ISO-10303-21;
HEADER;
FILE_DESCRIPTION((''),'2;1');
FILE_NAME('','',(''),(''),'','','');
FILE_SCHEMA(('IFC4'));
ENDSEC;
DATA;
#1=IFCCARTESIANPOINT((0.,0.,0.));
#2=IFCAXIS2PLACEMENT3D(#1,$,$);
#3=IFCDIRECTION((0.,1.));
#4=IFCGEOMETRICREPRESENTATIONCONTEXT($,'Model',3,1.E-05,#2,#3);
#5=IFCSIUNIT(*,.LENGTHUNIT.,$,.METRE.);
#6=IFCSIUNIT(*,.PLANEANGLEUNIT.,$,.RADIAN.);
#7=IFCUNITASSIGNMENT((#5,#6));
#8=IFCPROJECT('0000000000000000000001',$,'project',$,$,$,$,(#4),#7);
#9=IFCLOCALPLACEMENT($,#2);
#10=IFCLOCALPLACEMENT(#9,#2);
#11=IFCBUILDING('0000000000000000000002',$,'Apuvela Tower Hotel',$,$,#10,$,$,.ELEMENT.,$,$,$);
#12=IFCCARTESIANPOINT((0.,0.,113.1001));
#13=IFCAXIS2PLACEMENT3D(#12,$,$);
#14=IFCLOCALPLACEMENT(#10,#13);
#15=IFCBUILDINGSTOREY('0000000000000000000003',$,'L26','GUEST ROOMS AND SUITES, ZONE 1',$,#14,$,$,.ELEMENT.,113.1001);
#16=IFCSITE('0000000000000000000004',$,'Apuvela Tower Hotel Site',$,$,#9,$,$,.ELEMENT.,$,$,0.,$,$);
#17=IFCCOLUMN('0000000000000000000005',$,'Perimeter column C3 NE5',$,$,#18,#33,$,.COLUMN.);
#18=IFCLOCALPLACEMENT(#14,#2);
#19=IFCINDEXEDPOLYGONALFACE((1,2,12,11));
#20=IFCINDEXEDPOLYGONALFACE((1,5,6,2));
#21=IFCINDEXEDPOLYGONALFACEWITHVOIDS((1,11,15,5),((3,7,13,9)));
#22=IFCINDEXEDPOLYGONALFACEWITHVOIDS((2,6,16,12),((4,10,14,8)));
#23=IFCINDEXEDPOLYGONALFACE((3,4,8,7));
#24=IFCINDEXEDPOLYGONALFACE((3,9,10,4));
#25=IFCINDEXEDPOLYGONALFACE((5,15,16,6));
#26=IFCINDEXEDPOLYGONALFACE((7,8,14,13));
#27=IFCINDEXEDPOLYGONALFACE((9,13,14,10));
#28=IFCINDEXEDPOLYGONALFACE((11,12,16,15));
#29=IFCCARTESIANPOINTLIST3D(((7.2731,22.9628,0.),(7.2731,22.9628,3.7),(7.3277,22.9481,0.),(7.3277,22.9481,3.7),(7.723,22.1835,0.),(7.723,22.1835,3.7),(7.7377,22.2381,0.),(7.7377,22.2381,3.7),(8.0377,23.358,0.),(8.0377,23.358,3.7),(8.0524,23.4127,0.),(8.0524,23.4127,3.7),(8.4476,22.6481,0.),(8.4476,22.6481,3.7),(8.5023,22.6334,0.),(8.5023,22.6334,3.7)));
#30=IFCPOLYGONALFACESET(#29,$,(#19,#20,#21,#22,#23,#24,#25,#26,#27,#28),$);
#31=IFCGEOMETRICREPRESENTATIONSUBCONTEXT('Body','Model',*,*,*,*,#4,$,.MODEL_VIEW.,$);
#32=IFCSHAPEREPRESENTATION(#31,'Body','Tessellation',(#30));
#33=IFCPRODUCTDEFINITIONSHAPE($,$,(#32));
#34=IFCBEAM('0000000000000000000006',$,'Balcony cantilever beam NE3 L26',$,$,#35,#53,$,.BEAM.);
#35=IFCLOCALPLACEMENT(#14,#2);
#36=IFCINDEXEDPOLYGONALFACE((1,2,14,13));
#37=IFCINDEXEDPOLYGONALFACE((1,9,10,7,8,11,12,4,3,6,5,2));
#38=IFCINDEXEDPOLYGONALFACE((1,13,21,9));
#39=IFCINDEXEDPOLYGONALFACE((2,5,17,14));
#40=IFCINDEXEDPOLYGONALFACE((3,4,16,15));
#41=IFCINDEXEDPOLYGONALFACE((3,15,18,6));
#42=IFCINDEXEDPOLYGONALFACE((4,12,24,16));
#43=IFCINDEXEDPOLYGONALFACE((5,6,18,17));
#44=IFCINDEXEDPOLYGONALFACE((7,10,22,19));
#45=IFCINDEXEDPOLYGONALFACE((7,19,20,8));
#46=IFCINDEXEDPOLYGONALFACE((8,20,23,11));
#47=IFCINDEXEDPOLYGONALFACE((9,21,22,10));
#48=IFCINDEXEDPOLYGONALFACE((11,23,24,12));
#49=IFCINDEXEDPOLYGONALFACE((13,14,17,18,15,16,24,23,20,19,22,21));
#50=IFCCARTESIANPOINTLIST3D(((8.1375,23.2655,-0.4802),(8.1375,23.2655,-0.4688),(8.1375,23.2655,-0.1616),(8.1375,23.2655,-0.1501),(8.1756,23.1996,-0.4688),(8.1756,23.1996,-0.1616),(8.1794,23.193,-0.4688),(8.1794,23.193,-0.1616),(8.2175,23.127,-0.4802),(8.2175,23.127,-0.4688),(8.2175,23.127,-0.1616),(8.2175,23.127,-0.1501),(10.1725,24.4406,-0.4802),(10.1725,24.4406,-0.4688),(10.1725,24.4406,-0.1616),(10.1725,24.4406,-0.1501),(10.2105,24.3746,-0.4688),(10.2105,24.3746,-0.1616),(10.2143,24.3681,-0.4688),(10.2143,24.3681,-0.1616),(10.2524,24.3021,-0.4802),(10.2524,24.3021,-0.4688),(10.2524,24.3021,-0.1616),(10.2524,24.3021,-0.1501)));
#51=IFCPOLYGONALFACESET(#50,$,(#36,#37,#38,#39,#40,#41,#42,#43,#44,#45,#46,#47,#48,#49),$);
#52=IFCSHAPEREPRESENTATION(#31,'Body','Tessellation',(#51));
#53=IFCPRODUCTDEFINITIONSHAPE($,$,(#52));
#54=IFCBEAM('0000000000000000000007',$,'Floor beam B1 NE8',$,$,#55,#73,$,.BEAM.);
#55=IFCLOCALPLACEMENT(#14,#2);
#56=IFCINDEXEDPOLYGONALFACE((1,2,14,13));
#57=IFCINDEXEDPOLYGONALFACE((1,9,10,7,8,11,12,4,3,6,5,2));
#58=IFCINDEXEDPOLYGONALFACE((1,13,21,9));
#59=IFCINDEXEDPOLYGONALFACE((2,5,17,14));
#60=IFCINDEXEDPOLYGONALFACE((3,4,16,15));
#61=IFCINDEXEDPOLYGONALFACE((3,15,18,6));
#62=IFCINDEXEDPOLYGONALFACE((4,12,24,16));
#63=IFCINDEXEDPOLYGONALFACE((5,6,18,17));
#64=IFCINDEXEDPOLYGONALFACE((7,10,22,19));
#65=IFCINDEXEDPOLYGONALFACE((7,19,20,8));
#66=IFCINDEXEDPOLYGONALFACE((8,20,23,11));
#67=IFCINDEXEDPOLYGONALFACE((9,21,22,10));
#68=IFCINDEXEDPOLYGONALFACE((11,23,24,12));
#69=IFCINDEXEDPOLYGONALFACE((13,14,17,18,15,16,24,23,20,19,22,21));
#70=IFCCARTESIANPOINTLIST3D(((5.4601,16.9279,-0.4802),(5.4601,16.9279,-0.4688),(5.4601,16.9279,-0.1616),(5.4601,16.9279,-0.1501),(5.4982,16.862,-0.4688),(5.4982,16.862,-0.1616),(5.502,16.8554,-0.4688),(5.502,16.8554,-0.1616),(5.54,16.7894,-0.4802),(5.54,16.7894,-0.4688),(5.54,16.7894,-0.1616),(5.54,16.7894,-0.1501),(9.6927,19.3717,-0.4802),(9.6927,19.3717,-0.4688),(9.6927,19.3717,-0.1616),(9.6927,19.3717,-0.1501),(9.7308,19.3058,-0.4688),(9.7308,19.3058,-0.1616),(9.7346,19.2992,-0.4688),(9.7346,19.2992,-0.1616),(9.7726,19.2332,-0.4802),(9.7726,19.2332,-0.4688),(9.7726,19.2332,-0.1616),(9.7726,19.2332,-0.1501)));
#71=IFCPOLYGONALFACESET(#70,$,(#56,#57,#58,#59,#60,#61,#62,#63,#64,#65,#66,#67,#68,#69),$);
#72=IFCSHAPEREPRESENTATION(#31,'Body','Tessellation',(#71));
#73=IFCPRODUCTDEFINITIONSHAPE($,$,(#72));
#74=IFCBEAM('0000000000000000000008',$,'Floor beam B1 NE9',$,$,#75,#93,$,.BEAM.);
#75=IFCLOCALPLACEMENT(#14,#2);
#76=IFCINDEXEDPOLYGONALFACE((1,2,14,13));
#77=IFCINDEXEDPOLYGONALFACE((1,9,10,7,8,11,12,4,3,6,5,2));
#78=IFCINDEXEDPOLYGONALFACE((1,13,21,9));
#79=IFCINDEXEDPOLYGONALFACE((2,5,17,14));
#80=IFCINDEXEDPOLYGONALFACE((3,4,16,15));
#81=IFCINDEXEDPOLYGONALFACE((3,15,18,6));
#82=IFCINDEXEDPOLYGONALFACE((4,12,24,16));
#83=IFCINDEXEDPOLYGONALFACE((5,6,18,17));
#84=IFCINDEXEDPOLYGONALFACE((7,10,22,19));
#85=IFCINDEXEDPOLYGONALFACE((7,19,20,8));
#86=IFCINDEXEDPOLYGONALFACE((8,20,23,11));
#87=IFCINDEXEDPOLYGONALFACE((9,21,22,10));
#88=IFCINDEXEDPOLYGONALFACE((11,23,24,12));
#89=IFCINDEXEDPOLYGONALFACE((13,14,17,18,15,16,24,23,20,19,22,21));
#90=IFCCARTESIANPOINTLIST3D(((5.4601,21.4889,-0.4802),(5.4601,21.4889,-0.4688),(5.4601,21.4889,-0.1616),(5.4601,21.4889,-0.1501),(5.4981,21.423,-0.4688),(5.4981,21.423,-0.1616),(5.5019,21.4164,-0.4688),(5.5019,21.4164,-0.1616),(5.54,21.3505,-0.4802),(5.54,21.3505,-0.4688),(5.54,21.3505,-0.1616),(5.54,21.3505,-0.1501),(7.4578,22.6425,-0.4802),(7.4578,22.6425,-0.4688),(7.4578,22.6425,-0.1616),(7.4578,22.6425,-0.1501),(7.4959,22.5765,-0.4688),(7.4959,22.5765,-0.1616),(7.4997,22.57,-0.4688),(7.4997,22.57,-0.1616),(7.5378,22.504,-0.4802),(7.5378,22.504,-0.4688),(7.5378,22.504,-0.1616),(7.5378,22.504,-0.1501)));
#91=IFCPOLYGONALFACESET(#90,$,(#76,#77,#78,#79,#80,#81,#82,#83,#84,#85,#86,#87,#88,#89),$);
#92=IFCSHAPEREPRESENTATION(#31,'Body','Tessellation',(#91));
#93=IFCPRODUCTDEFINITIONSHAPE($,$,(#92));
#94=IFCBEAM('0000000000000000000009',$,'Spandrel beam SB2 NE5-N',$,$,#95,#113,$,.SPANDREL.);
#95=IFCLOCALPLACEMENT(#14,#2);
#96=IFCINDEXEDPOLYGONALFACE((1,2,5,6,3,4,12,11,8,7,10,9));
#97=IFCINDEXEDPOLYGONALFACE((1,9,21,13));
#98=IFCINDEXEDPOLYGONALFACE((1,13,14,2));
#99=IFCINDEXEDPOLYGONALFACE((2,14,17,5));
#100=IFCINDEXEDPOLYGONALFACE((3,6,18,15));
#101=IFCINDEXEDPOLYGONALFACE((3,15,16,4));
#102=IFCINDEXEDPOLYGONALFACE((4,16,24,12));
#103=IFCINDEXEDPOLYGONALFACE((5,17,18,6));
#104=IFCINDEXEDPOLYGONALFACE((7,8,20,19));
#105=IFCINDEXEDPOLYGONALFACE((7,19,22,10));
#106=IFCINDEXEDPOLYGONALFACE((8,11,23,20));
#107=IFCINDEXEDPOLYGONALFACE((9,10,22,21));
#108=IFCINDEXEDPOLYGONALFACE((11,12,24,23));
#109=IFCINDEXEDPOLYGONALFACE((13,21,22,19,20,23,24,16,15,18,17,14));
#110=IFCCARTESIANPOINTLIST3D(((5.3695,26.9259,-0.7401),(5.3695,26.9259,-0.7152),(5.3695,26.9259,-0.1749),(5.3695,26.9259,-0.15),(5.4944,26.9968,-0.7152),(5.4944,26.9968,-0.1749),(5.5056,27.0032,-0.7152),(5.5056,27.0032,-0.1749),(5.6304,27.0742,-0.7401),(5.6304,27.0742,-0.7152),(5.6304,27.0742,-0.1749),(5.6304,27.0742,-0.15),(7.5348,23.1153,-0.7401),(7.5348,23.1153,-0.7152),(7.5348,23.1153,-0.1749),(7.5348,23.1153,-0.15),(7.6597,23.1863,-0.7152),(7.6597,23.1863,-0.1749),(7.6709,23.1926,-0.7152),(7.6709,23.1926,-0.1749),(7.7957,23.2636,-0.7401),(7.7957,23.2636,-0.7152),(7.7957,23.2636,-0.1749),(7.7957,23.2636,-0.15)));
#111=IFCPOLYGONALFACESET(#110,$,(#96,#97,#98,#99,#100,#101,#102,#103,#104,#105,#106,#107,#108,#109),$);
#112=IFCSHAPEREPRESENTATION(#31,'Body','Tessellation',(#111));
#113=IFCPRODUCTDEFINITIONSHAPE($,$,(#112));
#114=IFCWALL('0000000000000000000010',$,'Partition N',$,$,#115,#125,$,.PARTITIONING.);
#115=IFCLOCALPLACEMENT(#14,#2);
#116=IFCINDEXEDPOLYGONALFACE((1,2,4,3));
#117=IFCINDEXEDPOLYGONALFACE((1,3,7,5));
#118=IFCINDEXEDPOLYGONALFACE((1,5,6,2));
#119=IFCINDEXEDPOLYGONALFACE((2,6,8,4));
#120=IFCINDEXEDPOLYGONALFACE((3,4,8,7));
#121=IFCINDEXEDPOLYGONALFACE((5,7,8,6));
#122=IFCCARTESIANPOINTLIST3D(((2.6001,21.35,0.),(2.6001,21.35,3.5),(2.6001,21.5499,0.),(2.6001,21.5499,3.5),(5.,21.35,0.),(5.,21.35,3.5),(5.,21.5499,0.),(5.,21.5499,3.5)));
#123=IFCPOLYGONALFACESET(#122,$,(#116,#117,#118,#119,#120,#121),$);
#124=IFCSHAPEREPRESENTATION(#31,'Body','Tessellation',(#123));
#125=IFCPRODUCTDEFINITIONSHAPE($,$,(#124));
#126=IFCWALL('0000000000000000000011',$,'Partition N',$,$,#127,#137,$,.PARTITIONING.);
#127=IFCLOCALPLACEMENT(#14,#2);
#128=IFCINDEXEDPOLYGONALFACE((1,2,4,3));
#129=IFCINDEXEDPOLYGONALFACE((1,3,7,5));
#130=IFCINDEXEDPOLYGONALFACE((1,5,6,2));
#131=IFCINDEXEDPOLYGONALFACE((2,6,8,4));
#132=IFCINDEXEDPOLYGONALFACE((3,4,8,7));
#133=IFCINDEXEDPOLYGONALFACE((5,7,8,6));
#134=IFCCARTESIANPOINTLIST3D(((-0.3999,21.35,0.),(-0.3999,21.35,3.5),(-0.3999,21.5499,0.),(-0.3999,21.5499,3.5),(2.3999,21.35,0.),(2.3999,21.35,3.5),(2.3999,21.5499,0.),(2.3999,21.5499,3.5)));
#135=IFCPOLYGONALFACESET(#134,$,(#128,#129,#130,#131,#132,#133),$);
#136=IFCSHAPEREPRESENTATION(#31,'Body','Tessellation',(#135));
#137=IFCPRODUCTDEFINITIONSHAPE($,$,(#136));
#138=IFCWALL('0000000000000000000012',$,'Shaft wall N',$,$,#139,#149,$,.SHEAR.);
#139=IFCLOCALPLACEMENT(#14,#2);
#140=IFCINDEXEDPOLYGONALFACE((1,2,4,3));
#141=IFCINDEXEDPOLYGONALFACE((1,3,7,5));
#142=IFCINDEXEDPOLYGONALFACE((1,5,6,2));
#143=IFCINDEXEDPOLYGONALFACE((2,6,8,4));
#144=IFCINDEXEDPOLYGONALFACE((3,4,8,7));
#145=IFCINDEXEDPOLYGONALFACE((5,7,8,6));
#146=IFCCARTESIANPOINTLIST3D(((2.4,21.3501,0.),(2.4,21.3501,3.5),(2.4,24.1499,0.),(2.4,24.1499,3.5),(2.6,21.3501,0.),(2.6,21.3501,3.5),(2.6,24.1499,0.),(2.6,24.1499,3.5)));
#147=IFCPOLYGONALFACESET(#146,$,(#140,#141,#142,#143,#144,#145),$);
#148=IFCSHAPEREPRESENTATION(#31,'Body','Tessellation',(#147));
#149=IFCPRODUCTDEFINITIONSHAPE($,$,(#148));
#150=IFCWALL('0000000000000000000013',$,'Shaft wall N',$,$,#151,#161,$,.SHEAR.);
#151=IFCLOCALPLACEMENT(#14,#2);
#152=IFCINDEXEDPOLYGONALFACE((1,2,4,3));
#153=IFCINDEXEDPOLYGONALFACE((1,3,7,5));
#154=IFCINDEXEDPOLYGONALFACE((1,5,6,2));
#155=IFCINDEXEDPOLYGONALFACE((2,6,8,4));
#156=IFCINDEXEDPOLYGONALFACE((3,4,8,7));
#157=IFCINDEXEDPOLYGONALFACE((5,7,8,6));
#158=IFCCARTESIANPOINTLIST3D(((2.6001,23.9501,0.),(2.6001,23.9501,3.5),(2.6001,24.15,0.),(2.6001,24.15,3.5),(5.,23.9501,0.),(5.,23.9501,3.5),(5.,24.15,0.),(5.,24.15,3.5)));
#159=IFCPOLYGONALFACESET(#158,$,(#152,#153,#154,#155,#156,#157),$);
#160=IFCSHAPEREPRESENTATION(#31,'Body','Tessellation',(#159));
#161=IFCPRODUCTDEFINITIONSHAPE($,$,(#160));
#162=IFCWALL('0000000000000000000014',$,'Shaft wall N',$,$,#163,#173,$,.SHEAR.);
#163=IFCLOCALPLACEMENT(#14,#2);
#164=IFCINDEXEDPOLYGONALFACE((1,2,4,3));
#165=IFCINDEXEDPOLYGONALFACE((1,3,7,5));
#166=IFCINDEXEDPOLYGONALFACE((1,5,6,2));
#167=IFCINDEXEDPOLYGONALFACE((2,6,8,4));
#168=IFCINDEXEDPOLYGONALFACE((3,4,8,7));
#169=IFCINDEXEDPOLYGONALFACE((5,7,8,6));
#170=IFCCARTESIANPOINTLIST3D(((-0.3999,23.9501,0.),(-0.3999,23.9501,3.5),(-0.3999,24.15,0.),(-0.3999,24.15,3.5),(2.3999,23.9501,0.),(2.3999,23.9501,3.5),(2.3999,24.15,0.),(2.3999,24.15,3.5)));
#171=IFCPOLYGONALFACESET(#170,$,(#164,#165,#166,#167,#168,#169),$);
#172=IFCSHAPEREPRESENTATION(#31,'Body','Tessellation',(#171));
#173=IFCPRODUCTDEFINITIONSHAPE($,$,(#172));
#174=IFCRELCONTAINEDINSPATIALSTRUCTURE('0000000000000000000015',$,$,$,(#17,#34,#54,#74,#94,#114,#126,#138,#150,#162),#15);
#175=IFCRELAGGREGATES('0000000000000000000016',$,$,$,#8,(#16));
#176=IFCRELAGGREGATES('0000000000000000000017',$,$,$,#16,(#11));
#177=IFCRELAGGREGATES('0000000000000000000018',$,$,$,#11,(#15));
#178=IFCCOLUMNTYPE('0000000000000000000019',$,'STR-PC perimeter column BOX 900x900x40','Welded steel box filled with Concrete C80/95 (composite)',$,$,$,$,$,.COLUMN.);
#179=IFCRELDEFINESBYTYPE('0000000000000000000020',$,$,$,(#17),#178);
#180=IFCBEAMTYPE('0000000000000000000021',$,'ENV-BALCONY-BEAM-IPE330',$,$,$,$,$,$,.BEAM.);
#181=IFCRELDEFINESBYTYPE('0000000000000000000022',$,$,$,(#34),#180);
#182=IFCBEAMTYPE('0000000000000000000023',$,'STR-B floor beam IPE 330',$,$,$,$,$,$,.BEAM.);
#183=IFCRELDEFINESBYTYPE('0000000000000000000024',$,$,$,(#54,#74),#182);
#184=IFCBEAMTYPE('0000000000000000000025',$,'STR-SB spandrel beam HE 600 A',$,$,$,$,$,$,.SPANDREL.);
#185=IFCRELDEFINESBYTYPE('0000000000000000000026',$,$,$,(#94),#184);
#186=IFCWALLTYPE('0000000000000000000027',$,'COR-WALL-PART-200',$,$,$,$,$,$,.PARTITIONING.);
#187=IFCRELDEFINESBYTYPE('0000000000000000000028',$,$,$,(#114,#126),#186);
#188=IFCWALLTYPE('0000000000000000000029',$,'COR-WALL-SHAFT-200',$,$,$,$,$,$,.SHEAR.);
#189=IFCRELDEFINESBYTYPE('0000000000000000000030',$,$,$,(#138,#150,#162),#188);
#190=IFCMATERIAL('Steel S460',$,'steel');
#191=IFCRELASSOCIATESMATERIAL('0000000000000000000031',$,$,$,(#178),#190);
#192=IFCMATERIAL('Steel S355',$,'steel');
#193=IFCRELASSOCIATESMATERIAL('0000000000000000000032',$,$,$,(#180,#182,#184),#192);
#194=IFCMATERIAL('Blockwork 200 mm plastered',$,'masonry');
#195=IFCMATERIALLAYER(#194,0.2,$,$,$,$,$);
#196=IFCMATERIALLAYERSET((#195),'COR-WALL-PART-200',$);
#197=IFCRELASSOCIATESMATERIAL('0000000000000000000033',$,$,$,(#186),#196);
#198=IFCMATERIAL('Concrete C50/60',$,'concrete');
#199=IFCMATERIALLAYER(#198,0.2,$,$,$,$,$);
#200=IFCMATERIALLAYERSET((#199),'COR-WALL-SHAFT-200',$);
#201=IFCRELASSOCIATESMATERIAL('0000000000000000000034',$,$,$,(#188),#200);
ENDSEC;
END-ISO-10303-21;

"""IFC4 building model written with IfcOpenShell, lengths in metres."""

from ifc_helpers import new_model, si_unit, direction, frame, frame_2d, origin, origin_2d, place, context, subcontext, project, spatial, rectangle, hollow_rectangle, i_section, extrude, material, layer, layer_set, material_profile, profile_set, type_object, element, save


model = new_model("IFC4")

# Units and contexts
model_context = context("Model", 3, precision=1e-05, world=origin(), true_north=direction((0.0, 1.0)))
body_context = subcontext(model_context, "Body", "Model", "MODEL_VIEW")
ifc_project = project(units=[si_unit("LENGTHUNIT", "METRE"), si_unit("PLANEANGLEUNIT", "RADIAN")], contexts=[model_context])

# Site, building, storey
site_placement = place(None, origin())
site = spatial("IfcSite", under=ifc_project, at=site_placement, Name="Apuvela Tower Hotel Site", CompositionType="ELEMENT", RefElevation=0.0)
building_placement = place(site_placement, origin())
building = spatial("IfcBuilding", under=site, at=building_placement, Name="Apuvela Tower Hotel", CompositionType="ELEMENT")
storey_placement = place(building_placement, frame((0.0, 0.0, 113.1001)))
storey = spatial("IfcBuildingStorey", under=building, at=storey_placement, Name="L26", Description="GUEST ROOMS AND SUITES, ZONE 1", CompositionType="ELEMENT", Elevation=113.1001)

# Column
ifc_material_1 = material(Name="Steel S460", Category="steel")
ifc_material_profile_1 = material_profile(ifc_material_1, hollow_rectangle(XDim=0.8999, YDim=0.8999, WallThickness=0.04, at=origin_2d()), Name="BOX 900x900x40")
ifc_material_2 = material(Name="Concrete C80/95", Category="concrete")
ifc_material_profile_2 = material_profile(ifc_material_2, rectangle(XDim=0.8201, YDim=0.8201, at=origin_2d()), Name="Concrete C80/95 infill")
ifc_profile_set_1 = profile_set([ifc_material_profile_1, ifc_material_profile_2], Name="Steel S460")
column_type = type_object("IfcColumnType", Name="STR-PC perimeter column BOX 900x900x40", Description="Welded steel box filled with Concrete C80/95 (composite)", PredefinedType="COLUMN", material=ifc_profile_set_1)
column_placement = place(storey_placement, frame((7.8877, 22.7981, 0.0), z_axis=(0.0, 0.0, 1.0), x_axis=(-0.5, 0.866025, 0.0)))
element("IfcColumn", 1, at=column_placement, inside=storey, type_object=column_type, Name="Perimeter column C3 NE5", PredefinedType="COLUMN", context=body_context, shape_type="SweptSolid", body=[
    extrude(hollow_rectangle(XDim=0.8999, YDim=0.8999, WallThickness=0.04, at=origin_2d()), origin(), (0.0, 0.0, 1.0), 3.7),
])

# Beams
ifc_material_3 = material(Name="Steel S355", Category="steel")
ifc_material_profile_3 = material_profile(ifc_material_3, i_section(OverallWidth=0.1599, OverallDepth=0.3301, WebThickness=0.0076, FlangeThickness=0.0115, at=origin_2d()), Name="IPE 330")
ifc_profile_set_2 = profile_set([ifc_material_profile_3], Name="Steel S355")
beam_type_1 = type_object("IfcBeamType", Name="ENV-BALCONY-BEAM-IPE330", PredefinedType="BEAM", material=ifc_profile_set_2)
beam_1_placement = place(storey_placement, frame((8.1775, 23.1963, -0.3152), z_axis=(0.86599, 0.500061, 0.0), x_axis=(-0.500061, 0.86599, 0.0)))
element("IfcBeam", 2, at=beam_1_placement, inside=storey, type_object=beam_type_1, Name="Balcony cantilever beam NE3 L26", PredefinedType="BEAM", context=body_context, shape_type="SweptSolid", body=[
    extrude(i_section(OverallWidth=0.1599, OverallDepth=0.3301, WebThickness=0.0076, FlangeThickness=0.0115, at=origin_2d()), origin(), (0.0, 0.0, 1.0), 2.3499),
])
ifc_material_profile_4 = material_profile(ifc_material_3, i_section(OverallWidth=0.1599, OverallDepth=0.3301, WebThickness=0.0076, FlangeThickness=0.0115, at=origin_2d()), Name="IPE 330")
ifc_profile_set_3 = profile_set([ifc_material_profile_4], Name="Steel S355")
beam_type_2 = type_object("IfcBeamType", Name="STR-B floor beam IPE 330", PredefinedType="BEAM", material=ifc_profile_set_3)
beam_2_placement = place(storey_placement, frame((9.7327, 19.3025, -0.3152), z_axis=(-0.866015, -0.500018, 0.0), x_axis=(0.500018, -0.866015, 0.0)))
element("IfcBeam", 3, at=beam_2_placement, inside=storey, type_object=beam_type_2, Name="Floor beam B1 NE8", PredefinedType="BEAM", context=body_context, shape_type="SweptSolid", body=[
    extrude(i_section(OverallWidth=0.1599, OverallDepth=0.3301, WebThickness=0.0076, FlangeThickness=0.0115, at=origin_2d()), origin(), (0.0, 0.0, 1.0), 4.8875),
])
beam_3_placement = place(storey_placement, frame((7.4978, 22.5732, -0.3152), z_axis=(-0.866001, -0.500043, 0.0), x_axis=(0.500043, -0.866001, 0.0)))
element("IfcBeam", 4, at=beam_3_placement, inside=storey, type_object=beam_type_2, Name="Floor beam B1 NE9", PredefinedType="BEAM", context=body_context, shape_type="SweptSolid", body=[
    extrude(i_section(OverallWidth=0.1599, OverallDepth=0.3301, WebThickness=0.0076, FlangeThickness=0.0115, at=origin_2d()), origin(), (0.0, 0.0, 1.0), 2.3069),
])
ifc_material_profile_5 = material_profile(ifc_material_3, i_section(OverallWidth=0.3, OverallDepth=0.5901, WebThickness=0.0129, FlangeThickness=0.0249, at=origin_2d()), Name="HE 600 A")
ifc_profile_set_4 = profile_set([ifc_material_profile_5], Name="Steel S355")
beam_type_3 = type_object("IfcBeamType", Name="STR-SB spandrel beam HE 600 A", PredefinedType="SPANDREL", material=ifc_profile_set_4)
beam_4_placement = place(storey_placement, frame((7.6653, 23.1895, -0.4451), z_axis=(-0.494044, 0.869437, 0.0), x_axis=(-0.869437, -0.494044, 0.0)))
element("IfcBeam", 5, at=beam_4_placement, inside=storey, type_object=beam_type_3, Name="Spandrel beam SB2 NE5-N", PredefinedType="SPANDREL", context=body_context, shape_type="SweptSolid", body=[
    extrude(i_section(OverallWidth=0.3, OverallDepth=0.5901, WebThickness=0.0129, FlangeThickness=0.0249, at=origin_2d()), origin(), (0.0, 0.0, 1.0), 4.3828),
])

# Walls
ifc_material_4 = material(Name="Blockwork 200 mm plastered", Category="masonry")
ifc_layer_1 = layer(ifc_material_4, 0.2)
ifc_layer_set_1 = layer_set([ifc_layer_1], Name="COR-WALL-PART-200")
wall_type_1 = type_object("IfcWallType", Name="COR-WALL-PART-200", PredefinedType="PARTITIONING", material=ifc_layer_set_1)
wall_1_placement = place(storey_placement, frame((5.0, 21.45, 0.0), z_axis=(0.0, 0.0, 1.0), x_axis=(-1.0, 0.0, 0.0)))
element("IfcWall", 6, at=wall_1_placement, inside=storey, type_object=wall_type_1, Name="Partition N", PredefinedType="PARTITIONING", context=body_context, shape_type="SweptSolid", body=[
    extrude(rectangle(XDim=2.3999, YDim=0.2, at=frame_2d((1.2, 0.0))), origin(), (0.0, 0.0, 1.0), 3.5),
])
wall_2_placement = place(storey_placement, frame((2.3999, 21.45, 0.0), z_axis=(0.0, 0.0, 1.0), x_axis=(-1.0, 0.0, 0.0)))
element("IfcWall", 7, at=wall_2_placement, inside=storey, type_object=wall_type_1, Name="Partition N", PredefinedType="PARTITIONING", context=body_context, shape_type="SweptSolid", body=[
    extrude(rectangle(XDim=2.7998, YDim=0.2, at=frame_2d((1.3999, 0.0))), origin(), (0.0, 0.0, 1.0), 3.5),
])
ifc_material_5 = material(Name="Concrete C50/60", Category="concrete")
ifc_layer_2 = layer(ifc_material_5, 0.2)
ifc_layer_set_2 = layer_set([ifc_layer_2], Name="COR-WALL-SHAFT-200")
wall_type_2 = type_object("IfcWallType", Name="COR-WALL-SHAFT-200", PredefinedType="SHEAR", material=ifc_layer_set_2)
wall_3_placement = place(storey_placement, frame((2.5, 21.3501, 0.0), z_axis=(0.0, 0.0, 1.0), x_axis=(0.0, 1.0, 0.0)))
element("IfcWall", 8, at=wall_3_placement, inside=storey, type_object=wall_type_2, Name="Shaft wall N", PredefinedType="SHEAR", context=body_context, shape_type="SweptSolid", body=[
    extrude(rectangle(XDim=2.7998, YDim=0.2, at=frame_2d((1.3999, 0.0))), origin(), (0.0, 0.0, 1.0), 3.5),
])
wall_4_placement = place(storey_placement, frame((5.0, 24.05, 0.0), z_axis=(0.0, 0.0, 1.0), x_axis=(-1.0, 0.0, 0.0)))
element("IfcWall", 9, at=wall_4_placement, inside=storey, type_object=wall_type_2, Name="Shaft wall N", PredefinedType="SHEAR", context=body_context, shape_type="SweptSolid", body=[
    extrude(rectangle(XDim=2.3999, YDim=0.2, at=frame_2d((1.2, 0.0))), origin(), (0.0, 0.0, 1.0), 3.5),
])
wall_5_placement = place(storey_placement, frame((2.3999, 24.05, 0.0), z_axis=(0.0, 0.0, 1.0), x_axis=(-1.0, 0.0, 0.0)))
element("IfcWall", 10, at=wall_5_placement, inside=storey, type_object=wall_type_2, Name="Shaft wall N", PredefinedType="SHEAR", context=body_context, shape_type="SweptSolid", body=[
    extrude(rectangle(XDim=2.7998, YDim=0.2, at=frame_2d((1.3999, 0.0))), origin(), (0.0, 0.0, 1.0), 3.5),
])

save(model, "model.ifc")
